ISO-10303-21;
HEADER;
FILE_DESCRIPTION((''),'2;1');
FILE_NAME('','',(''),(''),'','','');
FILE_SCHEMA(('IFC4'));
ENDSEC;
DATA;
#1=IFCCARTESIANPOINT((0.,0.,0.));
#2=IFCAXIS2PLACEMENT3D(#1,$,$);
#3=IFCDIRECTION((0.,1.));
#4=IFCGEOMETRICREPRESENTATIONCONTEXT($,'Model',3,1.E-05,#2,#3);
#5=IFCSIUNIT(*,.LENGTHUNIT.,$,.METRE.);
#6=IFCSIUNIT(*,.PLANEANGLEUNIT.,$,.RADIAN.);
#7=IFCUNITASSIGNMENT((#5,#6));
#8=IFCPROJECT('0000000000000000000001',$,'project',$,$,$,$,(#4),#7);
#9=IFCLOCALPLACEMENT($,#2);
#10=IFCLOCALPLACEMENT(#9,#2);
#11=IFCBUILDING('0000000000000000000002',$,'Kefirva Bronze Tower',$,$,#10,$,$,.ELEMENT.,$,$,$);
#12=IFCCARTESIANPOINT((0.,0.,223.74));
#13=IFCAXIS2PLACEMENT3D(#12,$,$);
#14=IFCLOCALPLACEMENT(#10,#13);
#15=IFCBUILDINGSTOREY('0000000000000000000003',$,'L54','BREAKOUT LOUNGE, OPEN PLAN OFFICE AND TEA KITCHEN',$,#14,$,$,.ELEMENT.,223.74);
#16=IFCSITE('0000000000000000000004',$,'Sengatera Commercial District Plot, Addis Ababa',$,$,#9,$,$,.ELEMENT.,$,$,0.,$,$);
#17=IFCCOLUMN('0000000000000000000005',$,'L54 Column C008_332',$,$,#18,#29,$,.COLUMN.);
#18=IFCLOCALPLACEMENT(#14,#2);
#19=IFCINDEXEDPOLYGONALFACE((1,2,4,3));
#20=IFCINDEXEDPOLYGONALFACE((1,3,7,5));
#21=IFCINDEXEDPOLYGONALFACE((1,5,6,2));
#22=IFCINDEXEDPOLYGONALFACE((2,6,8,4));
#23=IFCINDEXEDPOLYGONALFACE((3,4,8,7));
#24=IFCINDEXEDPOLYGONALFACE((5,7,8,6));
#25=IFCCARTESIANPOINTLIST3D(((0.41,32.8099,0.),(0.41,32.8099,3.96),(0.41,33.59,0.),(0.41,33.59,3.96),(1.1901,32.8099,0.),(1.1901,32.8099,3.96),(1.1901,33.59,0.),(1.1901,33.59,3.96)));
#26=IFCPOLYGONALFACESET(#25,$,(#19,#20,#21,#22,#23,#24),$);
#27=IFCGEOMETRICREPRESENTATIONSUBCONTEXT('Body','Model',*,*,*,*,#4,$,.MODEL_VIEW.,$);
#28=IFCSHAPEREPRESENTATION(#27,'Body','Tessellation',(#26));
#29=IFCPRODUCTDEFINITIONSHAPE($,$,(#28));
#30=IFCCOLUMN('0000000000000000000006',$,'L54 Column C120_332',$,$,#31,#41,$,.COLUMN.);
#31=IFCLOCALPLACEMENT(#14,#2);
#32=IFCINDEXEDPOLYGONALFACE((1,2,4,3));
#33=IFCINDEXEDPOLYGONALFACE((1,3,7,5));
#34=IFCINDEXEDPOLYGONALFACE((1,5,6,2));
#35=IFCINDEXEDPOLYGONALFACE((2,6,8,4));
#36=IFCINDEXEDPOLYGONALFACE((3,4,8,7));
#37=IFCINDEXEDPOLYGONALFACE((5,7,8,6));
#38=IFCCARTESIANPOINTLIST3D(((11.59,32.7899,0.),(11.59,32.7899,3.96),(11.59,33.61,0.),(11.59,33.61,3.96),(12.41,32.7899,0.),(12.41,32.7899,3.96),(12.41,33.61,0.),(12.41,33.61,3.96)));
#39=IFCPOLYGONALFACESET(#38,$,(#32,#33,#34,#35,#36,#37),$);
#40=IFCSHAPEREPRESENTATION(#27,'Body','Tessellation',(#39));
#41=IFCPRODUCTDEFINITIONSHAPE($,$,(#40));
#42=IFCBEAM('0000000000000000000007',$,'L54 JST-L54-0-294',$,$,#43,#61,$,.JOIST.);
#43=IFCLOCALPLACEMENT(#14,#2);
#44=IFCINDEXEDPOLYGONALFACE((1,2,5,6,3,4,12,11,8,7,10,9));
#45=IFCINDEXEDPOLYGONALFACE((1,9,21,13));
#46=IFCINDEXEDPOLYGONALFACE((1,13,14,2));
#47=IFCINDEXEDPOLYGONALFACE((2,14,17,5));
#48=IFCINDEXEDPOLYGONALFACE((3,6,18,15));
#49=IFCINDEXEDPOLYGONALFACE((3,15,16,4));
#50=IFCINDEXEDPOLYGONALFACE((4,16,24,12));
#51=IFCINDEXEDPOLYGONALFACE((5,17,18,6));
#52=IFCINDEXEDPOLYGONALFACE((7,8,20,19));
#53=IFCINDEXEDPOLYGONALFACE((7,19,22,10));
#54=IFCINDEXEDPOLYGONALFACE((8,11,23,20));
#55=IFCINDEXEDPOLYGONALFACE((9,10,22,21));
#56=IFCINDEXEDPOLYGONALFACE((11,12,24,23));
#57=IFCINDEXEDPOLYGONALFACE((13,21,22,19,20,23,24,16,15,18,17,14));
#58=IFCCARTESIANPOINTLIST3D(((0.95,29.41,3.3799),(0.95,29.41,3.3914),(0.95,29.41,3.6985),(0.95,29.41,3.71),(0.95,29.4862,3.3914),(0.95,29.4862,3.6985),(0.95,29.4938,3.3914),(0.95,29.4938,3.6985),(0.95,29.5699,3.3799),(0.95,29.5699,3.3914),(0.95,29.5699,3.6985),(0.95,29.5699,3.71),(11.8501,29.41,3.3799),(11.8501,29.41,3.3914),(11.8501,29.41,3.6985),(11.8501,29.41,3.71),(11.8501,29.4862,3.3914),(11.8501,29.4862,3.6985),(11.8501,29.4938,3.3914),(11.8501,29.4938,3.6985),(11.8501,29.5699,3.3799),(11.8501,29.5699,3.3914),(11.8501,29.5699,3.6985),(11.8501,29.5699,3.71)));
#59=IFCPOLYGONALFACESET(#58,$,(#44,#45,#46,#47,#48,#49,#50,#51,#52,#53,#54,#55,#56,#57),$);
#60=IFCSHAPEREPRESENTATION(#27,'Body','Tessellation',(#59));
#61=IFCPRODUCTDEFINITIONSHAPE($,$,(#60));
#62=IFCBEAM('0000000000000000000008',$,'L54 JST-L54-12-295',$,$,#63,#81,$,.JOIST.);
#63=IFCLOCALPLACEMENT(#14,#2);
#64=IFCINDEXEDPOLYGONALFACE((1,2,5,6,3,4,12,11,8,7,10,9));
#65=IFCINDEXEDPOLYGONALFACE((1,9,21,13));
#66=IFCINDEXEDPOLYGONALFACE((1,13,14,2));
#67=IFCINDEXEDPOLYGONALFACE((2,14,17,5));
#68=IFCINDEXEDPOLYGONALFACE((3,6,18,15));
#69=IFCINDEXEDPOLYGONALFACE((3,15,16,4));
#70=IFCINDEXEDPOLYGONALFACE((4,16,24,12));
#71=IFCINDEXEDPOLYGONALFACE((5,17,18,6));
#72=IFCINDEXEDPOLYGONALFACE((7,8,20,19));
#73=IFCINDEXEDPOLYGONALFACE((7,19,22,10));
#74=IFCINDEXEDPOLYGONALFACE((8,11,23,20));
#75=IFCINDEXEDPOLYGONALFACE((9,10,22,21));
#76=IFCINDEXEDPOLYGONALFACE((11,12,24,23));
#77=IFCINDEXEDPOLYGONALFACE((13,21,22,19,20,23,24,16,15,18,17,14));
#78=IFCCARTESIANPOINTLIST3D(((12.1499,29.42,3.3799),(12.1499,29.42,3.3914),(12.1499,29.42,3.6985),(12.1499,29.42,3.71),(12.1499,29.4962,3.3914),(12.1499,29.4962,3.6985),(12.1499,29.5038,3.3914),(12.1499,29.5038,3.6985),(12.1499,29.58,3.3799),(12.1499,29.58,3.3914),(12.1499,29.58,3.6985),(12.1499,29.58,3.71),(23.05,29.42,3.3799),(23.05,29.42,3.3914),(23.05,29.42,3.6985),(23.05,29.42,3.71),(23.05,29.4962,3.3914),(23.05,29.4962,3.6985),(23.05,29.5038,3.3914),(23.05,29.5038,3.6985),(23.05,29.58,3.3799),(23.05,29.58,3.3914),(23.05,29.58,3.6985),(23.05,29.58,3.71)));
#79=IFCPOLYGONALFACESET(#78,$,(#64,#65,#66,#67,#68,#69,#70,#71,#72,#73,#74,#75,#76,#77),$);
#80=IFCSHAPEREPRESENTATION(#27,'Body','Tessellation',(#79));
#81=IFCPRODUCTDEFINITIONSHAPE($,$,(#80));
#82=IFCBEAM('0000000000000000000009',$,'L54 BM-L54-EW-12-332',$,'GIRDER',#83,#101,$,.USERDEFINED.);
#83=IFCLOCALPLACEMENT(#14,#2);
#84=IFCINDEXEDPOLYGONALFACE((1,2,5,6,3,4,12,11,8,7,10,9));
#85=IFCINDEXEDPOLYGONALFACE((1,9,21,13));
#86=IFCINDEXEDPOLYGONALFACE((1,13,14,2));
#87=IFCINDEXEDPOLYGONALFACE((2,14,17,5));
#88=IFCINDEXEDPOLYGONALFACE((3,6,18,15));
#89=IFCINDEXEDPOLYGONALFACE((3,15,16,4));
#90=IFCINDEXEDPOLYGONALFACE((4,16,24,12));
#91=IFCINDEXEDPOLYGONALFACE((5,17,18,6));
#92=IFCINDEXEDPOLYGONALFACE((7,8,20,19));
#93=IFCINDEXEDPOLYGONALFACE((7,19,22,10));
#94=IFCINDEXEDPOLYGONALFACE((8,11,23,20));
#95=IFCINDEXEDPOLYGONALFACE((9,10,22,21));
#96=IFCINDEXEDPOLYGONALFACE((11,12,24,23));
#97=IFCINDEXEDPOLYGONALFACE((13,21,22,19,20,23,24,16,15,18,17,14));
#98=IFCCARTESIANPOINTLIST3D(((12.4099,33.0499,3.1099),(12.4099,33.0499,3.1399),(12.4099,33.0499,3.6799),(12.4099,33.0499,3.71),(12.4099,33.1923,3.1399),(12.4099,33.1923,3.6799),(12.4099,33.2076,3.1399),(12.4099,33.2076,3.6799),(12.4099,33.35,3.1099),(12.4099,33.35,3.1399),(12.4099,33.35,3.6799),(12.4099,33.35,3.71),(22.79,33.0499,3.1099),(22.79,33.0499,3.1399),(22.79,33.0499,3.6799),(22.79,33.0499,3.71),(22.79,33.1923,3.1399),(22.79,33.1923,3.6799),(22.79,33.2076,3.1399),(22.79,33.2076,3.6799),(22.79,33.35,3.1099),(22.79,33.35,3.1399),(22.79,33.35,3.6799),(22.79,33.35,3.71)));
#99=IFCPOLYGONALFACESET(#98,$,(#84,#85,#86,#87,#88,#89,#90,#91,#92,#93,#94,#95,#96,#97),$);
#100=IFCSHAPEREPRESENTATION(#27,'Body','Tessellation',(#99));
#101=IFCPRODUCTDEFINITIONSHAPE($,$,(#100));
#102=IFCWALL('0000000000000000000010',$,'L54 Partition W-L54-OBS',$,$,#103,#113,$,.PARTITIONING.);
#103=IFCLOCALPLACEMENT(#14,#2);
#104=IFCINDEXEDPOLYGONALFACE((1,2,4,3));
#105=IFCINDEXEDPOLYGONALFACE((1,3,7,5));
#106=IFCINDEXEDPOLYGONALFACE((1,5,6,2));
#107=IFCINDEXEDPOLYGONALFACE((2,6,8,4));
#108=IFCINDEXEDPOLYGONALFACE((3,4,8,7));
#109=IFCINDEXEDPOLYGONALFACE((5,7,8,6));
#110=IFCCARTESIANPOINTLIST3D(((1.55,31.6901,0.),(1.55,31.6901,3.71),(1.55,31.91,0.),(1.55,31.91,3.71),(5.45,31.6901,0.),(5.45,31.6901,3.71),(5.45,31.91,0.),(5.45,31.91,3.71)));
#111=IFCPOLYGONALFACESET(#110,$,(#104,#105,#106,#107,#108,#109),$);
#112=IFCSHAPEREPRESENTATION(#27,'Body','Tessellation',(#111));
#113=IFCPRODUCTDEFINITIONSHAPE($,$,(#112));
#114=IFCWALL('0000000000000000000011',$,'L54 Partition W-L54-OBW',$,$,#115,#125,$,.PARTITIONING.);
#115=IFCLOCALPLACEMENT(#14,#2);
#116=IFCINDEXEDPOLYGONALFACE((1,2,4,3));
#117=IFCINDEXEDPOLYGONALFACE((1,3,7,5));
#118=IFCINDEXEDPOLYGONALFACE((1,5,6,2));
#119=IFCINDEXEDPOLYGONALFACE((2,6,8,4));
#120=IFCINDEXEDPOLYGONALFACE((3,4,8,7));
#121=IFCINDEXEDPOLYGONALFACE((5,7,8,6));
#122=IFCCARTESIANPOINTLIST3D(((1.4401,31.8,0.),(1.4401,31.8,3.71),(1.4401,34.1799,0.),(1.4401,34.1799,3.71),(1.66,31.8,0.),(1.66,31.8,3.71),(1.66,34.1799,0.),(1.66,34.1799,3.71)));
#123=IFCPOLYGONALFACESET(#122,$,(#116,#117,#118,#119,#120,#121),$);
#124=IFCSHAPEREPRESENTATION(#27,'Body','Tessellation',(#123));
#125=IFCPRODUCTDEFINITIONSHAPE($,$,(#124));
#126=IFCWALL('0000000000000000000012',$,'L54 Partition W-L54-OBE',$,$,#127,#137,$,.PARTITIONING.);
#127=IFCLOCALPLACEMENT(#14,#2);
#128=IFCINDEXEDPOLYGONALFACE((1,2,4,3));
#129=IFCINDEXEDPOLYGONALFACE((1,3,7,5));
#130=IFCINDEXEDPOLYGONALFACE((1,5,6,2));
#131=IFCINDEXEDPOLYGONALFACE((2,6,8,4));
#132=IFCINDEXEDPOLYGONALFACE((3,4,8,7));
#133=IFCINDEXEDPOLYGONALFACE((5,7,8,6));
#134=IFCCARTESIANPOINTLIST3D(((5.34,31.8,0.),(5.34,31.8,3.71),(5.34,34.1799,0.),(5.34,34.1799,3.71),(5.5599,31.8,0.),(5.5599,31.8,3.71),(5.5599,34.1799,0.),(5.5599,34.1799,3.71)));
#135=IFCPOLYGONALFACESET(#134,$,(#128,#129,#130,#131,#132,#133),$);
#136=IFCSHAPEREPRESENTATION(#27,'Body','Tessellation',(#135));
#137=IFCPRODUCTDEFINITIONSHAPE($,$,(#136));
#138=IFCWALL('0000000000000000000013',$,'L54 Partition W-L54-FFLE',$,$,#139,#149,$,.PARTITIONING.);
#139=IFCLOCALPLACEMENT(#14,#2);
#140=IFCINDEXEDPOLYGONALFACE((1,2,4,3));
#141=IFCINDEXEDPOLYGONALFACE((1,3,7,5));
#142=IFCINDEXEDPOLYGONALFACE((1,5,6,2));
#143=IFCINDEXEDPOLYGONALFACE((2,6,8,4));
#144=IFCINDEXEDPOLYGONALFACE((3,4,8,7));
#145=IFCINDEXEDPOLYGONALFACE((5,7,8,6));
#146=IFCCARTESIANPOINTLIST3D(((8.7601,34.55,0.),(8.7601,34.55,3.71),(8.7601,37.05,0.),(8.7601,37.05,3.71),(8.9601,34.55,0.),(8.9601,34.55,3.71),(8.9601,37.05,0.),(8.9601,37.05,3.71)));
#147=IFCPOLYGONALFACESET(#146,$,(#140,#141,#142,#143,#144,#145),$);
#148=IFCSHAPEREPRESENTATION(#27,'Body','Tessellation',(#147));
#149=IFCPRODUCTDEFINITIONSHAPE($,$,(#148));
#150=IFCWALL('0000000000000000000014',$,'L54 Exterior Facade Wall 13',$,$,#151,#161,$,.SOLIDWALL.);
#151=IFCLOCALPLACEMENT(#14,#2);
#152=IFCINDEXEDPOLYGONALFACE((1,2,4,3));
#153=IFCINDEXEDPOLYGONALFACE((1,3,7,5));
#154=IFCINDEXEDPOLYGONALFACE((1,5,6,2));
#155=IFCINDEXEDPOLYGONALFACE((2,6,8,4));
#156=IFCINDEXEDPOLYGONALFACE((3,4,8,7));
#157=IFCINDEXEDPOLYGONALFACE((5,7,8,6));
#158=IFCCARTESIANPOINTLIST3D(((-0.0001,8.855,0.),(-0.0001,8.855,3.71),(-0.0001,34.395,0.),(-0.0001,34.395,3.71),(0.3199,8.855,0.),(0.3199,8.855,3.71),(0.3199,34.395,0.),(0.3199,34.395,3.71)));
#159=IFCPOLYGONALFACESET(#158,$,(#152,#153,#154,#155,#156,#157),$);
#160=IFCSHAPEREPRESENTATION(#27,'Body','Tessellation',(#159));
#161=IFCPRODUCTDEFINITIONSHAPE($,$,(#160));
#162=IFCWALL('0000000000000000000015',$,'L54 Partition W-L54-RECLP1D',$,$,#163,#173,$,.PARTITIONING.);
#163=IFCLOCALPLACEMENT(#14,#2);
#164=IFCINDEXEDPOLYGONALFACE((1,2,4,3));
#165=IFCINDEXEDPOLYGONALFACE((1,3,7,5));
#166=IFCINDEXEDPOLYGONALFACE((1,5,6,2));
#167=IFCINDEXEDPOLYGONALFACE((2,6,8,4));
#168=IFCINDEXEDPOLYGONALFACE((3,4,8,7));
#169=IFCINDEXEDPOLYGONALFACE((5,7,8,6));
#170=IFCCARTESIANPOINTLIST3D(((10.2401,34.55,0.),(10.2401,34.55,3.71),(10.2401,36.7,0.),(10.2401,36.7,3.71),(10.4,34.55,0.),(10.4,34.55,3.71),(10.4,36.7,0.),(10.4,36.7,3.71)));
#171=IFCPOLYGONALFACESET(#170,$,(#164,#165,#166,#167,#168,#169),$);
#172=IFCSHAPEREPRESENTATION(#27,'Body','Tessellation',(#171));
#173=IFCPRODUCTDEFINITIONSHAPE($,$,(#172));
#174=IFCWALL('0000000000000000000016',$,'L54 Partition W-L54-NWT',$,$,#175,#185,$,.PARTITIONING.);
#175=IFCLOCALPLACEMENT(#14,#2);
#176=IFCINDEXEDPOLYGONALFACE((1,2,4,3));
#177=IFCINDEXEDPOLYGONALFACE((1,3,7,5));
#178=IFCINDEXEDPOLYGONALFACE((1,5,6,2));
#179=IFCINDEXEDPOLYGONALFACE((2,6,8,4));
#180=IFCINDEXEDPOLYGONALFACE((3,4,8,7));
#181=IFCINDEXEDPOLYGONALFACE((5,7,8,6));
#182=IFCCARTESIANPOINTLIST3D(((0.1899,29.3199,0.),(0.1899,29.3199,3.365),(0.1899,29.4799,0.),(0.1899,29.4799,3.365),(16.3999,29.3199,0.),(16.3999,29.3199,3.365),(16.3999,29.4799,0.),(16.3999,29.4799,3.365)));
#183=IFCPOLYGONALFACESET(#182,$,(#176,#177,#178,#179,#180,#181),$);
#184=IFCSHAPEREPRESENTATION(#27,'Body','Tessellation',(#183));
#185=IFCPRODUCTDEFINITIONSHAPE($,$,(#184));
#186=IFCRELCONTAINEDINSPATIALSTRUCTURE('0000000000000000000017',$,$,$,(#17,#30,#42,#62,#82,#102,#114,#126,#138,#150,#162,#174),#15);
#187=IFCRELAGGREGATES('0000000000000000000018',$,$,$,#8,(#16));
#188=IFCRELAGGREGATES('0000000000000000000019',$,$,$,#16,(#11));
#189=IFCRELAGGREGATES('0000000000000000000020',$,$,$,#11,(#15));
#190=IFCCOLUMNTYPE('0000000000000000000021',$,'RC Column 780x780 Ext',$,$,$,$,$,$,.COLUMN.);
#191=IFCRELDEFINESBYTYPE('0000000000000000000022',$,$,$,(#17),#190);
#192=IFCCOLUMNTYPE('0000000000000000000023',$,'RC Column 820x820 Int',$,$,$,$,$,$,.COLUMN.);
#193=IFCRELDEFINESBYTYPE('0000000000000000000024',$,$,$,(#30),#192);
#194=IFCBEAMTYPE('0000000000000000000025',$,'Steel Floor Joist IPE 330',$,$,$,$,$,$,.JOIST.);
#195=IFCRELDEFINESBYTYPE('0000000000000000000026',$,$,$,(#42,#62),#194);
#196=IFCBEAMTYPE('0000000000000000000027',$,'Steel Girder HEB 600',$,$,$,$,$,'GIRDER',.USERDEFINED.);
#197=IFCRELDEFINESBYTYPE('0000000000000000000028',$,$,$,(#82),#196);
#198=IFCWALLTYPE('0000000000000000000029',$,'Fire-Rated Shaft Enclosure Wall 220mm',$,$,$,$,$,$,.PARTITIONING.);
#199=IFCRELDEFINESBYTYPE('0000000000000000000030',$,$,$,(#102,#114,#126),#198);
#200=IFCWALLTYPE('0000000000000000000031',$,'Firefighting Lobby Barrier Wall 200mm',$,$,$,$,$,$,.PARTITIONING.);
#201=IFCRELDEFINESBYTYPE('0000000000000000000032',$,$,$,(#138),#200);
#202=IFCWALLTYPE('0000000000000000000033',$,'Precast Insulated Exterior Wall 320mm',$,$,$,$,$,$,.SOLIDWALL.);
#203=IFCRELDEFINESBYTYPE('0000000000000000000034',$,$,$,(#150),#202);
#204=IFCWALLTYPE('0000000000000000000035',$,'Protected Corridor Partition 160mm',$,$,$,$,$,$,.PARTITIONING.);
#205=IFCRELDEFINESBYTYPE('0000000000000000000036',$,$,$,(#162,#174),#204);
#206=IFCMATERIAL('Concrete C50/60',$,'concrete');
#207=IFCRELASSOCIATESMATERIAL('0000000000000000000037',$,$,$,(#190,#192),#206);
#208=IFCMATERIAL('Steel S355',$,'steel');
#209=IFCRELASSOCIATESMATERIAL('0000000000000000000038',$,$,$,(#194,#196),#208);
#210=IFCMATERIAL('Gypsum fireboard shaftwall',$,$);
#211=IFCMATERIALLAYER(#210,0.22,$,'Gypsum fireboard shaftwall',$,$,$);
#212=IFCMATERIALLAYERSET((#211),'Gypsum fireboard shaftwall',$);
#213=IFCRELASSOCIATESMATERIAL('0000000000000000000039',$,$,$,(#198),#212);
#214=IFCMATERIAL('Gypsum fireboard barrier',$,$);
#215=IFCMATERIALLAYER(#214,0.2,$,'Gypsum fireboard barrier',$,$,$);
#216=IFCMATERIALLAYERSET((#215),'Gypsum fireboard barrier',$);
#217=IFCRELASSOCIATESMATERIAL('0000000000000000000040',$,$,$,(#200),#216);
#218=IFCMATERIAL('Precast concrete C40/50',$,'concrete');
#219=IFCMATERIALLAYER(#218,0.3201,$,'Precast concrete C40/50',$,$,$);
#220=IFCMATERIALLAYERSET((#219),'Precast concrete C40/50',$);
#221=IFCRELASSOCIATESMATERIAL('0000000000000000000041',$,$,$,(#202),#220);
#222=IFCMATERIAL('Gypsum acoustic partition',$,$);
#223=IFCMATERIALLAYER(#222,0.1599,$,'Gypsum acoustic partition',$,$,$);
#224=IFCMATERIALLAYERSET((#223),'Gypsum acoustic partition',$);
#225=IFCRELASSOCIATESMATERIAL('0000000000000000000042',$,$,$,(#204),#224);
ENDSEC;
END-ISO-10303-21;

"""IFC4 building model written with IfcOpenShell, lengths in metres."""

from ifc_helpers import new_model, si_unit, direction, frame, frame_2d, origin, origin_2d, place, context, subcontext, project, spatial, rectangle, i_section, extrude, material, layer, layer_set, material_profile, profile_set, type_object, element, save


model = new_model("IFC4")

# Units and contexts
model_context = context("Model", 3, precision=1e-05, world=origin(), true_north=direction((0.0, 1.0)))
body_context = subcontext(model_context, "Body", "Model", "MODEL_VIEW")
ifc_project = project(units=[si_unit("LENGTHUNIT", "METRE"), si_unit("PLANEANGLEUNIT", "RADIAN")], contexts=[model_context])

# Site, building, storey
site_placement = place(None, origin())
site = spatial("IfcSite", under=ifc_project, at=site_placement, Name="Sengatera Commercial District Plot, Addis Ababa", CompositionType="ELEMENT", RefElevation=0.0)
building_placement = place(site_placement, origin())
building = spatial("IfcBuilding", under=site, at=building_placement, Name="Kefirva Bronze Tower", CompositionType="ELEMENT")
storey_placement = place(building_placement, frame((0.0, 0.0, 223.74)))
storey = spatial("IfcBuildingStorey", under=building, at=storey_placement, Name="L54", Description="BREAKOUT LOUNGE, OPEN PLAN OFFICE AND TEA KITCHEN", CompositionType="ELEMENT", Elevation=223.74)

# Columns
ifc_material_1 = material(Name="Concrete C50/60", Category="concrete")
ifc_material_profile_1 = material_profile(ifc_material_1, rectangle(XDim=0.78, YDim=0.78, at=origin_2d()), Name="RC 780x780")
ifc_profile_set_1 = profile_set([ifc_material_profile_1], Name="Concrete C50/60")
column_type_1 = type_object("IfcColumnType", Name="RC Column 780x780 Ext", PredefinedType="COLUMN", material=ifc_profile_set_1)
column_1_placement = place(storey_placement, frame((0.8, 33.2, 0.0), z_axis=(0.0, 0.0, 1.0), x_axis=(1.0, 0.0, 0.0)))
element("IfcColumn", 1, at=column_1_placement, inside=storey, type_object=column_type_1, Name="L54 Column C008_332", PredefinedType="COLUMN", context=body_context, shape_type="SweptSolid", body=[
    extrude(rectangle(XDim=0.78, YDim=0.78, at=origin_2d()), origin(), (0.0, 0.0, 1.0), 3.96),
])
ifc_material_profile_2 = material_profile(ifc_material_1, rectangle(XDim=0.8201, YDim=0.8201, at=origin_2d()), Name="RC 820x820")
ifc_profile_set_2 = profile_set([ifc_material_profile_2], Name="Concrete C50/60")
column_type_2 = type_object("IfcColumnType", Name="RC Column 820x820 Int", PredefinedType="COLUMN", material=ifc_profile_set_2)
column_2_placement = place(storey_placement, frame((12.0, 33.2, 0.0), z_axis=(0.0, 0.0, 1.0), x_axis=(1.0, 0.0, 0.0)))
element("IfcColumn", 2, at=column_2_placement, inside=storey, type_object=column_type_2, Name="L54 Column C120_332", PredefinedType="COLUMN", context=body_context, shape_type="SweptSolid", body=[
    extrude(rectangle(XDim=0.8201, YDim=0.8201, at=origin_2d()), origin(), (0.0, 0.0, 1.0), 3.96),
])

# Beams
ifc_material_2 = material(Name="Steel S355", Category="steel")
ifc_material_profile_3 = material_profile(ifc_material_2, i_section(OverallWidth=0.1599, OverallDepth=0.3301, WebThickness=0.0076, FlangeThickness=0.0115, at=origin_2d()), Name="IPE 330")
ifc_profile_set_3 = profile_set([ifc_material_profile_3], Name="Steel S355")
beam_type_1 = type_object("IfcBeamType", Name="Steel Floor Joist IPE 330", PredefinedType="JOIST", material=ifc_profile_set_3)
for number, where, z_axis, x_axis, name in (
    (3, (0.95, 29.49, 3.5449), (1.0, 0.0, 0.0), (0.0, 1.0, 0.0), "L54 JST-L54-0-294"),
    (4, (12.1499, 29.5, 3.5449), (1.0, 0.0, 0.0), (0.0, 1.0, 0.0), "L54 JST-L54-12-295"),
):
    element("IfcBeam", number, at=place(storey_placement, frame(where, z_axis=z_axis, x_axis=x_axis)), inside=storey, type_object=beam_type_1, Name=name, PredefinedType="JOIST", context=body_context, shape_type="SweptSolid", body=[
        extrude(i_section(OverallWidth=0.1599, OverallDepth=0.3301, WebThickness=0.0076, FlangeThickness=0.0115, at=origin_2d()), origin(), (0.0, 0.0, 1.0), 10.9001),
    ])
ifc_material_profile_4 = material_profile(ifc_material_2, i_section(OverallWidth=0.3, OverallDepth=0.6001, WebThickness=0.0154, FlangeThickness=0.03, at=origin_2d()), Name="HEB 600")
ifc_profile_set_4 = profile_set([ifc_material_profile_4], Name="Steel S355")
beam_type_2 = type_object("IfcBeamType", Name="Steel Girder HEB 600", ElementType="GIRDER", PredefinedType="USERDEFINED", material=ifc_profile_set_4)
beam_placement = place(storey_placement, frame((12.4099, 33.2, 3.4099), z_axis=(1.0, 0.0, 0.0), x_axis=(0.0, 1.0, 0.0)))
element("IfcBeam", 5, at=beam_placement, inside=storey, type_object=beam_type_2, Name="L54 BM-L54-EW-12-332", ObjectType="GIRDER", PredefinedType="USERDEFINED", context=body_context, shape_type="SweptSolid", body=[
    extrude(i_section(OverallWidth=0.3, OverallDepth=0.6001, WebThickness=0.0154, FlangeThickness=0.03, at=origin_2d()), origin(), (0.0, 0.0, 1.0), 10.3801),
])

# Shared definitions
ifc_material_3 = material(Name="Gypsum acoustic partition")

# Walls
ifc_material_4 = material(Name="Gypsum fireboard shaftwall")
ifc_layer_1 = layer(ifc_material_4, 0.22, Name="Gypsum fireboard shaftwall")
ifc_layer_set_1 = layer_set([ifc_layer_1], Name="Gypsum fireboard shaftwall")
wall_type_1 = type_object("IfcWallType", Name="Fire-Rated Shaft Enclosure Wall 220mm", PredefinedType="PARTITIONING", material=ifc_layer_set_1)
wall_1_placement = place(storey_placement, frame((1.55, 31.8, 0.0), z_axis=(0.0, 0.0, 1.0), x_axis=(1.0, 0.0, 0.0)))
element("IfcWall", 6, at=wall_1_placement, inside=storey, type_object=wall_type_1, Name="L54 Partition W-L54-OBS", PredefinedType="PARTITIONING", context=body_context, shape_type="SweptSolid", body=[
    extrude(rectangle(XDim=3.8999, YDim=0.22, at=frame_2d((1.95, 0.0))), origin(), (0.0, 0.0, 1.0), 3.71),
])
for number, where, z_axis, x_axis, name in (
    (7, (1.55, 31.8, 0.0), (0.0, 0.0, 1.0), (0.0, 1.0, 0.0), "L54 Partition W-L54-OBW"),
    (8, (5.45, 31.8, 0.0), (0.0, 0.0, 1.0), (0.0, 1.0, 0.0), "L54 Partition W-L54-OBE"),
):
    element("IfcWall", number, at=place(storey_placement, frame(where, z_axis=z_axis, x_axis=x_axis)), inside=storey, type_object=wall_type_1, Name=name, PredefinedType="PARTITIONING", context=body_context, shape_type="SweptSolid", body=[
        extrude(rectangle(XDim=2.3799, YDim=0.22, at=frame_2d((1.1899, 0.0))), origin(), (0.0, 0.0, 1.0), 3.71),
    ])
ifc_material_5 = material(Name="Gypsum fireboard barrier")
ifc_layer_2 = layer(ifc_material_5, 0.2, Name="Gypsum fireboard barrier")
ifc_layer_set_2 = layer_set([ifc_layer_2], Name="Gypsum fireboard barrier")
wall_type_2 = type_object("IfcWallType", Name="Firefighting Lobby Barrier Wall 200mm", PredefinedType="PARTITIONING", material=ifc_layer_set_2)
wall_2_placement = place(storey_placement, frame((8.8601, 34.55, 0.0), z_axis=(0.0, 0.0, 1.0), x_axis=(0.0, 1.0, 0.0)))
element("IfcWall", 9, at=wall_2_placement, inside=storey, type_object=wall_type_2, Name="L54 Partition W-L54-FFLE", PredefinedType="PARTITIONING", context=body_context, shape_type="SweptSolid", body=[
    extrude(rectangle(XDim=2.5, YDim=0.2, at=frame_2d((1.25, 0.0))), origin(), (0.0, 0.0, 1.0), 3.71),
])
ifc_material_6 = material(Name="Precast concrete C40/50", Category="concrete")
ifc_layer_3 = layer(ifc_material_6, 0.3201, Name="Precast concrete C40/50")
ifc_layer_set_3 = layer_set([ifc_layer_3], Name="Precast concrete C40/50")
wall_type_3 = type_object("IfcWallType", Name="Precast Insulated Exterior Wall 320mm", PredefinedType="SOLIDWALL", material=ifc_layer_set_3)
wall_3_placement = place(storey_placement, frame((0.1599, 34.395, 0.0), z_axis=(0.0, 0.0, 1.0), x_axis=(0.0, -1.0, 0.0)))
element("IfcWall", 10, at=wall_3_placement, inside=storey, type_object=wall_type_3, Name="L54 Exterior Facade Wall 13", PredefinedType="SOLIDWALL", context=body_context, shape_type="SweptSolid", body=[
    extrude(rectangle(XDim=25.54, YDim=0.3201, at=frame_2d((12.77, 0.0))), origin(), (0.0, 0.0, 1.0), 3.71),
])

# Shared definitions
ifc_layer_4 = layer(ifc_material_3, 0.1599, Name="Gypsum acoustic partition")
ifc_layer_set_4 = layer_set([ifc_layer_4], Name="Gypsum acoustic partition")
wall_type_4 = type_object("IfcWallType", Name="Protected Corridor Partition 160mm", PredefinedType="PARTITIONING", material=ifc_layer_set_4)

# Walls
wall_4_placement = place(storey_placement, frame((10.3201, 34.55, 0.0), z_axis=(0.0, 0.0, 1.0), x_axis=(0.0, 1.0, 0.0)))
element("IfcWall", 11, at=wall_4_placement, inside=storey, type_object=wall_type_4, Name="L54 Partition W-L54-RECLP1D", PredefinedType="PARTITIONING", context=body_context, shape_type="SweptSolid", body=[
    extrude(rectangle(XDim=2.1499, YDim=0.1599, at=frame_2d((1.075, 0.0))), origin(), (0.0, 0.0, 1.0), 3.71),
])
wall_5_placement = place(storey_placement, frame((0.1899, 29.3999, 0.0), z_axis=(0.0, 0.0, 1.0), x_axis=(1.0, 0.0, 0.0)))
element("IfcWall", 12, at=wall_5_placement, inside=storey, type_object=wall_type_4, Name="L54 Partition W-L54-NWT", PredefinedType="PARTITIONING", context=body_context, shape_type="SweptSolid", body=[
    extrude(rectangle(XDim=16.21, YDim=0.1599, at=frame_2d((8.105, 0.0))), origin(), (0.0, 0.0, 1.0), 3.365),
])

save(model, "model.ifc")
